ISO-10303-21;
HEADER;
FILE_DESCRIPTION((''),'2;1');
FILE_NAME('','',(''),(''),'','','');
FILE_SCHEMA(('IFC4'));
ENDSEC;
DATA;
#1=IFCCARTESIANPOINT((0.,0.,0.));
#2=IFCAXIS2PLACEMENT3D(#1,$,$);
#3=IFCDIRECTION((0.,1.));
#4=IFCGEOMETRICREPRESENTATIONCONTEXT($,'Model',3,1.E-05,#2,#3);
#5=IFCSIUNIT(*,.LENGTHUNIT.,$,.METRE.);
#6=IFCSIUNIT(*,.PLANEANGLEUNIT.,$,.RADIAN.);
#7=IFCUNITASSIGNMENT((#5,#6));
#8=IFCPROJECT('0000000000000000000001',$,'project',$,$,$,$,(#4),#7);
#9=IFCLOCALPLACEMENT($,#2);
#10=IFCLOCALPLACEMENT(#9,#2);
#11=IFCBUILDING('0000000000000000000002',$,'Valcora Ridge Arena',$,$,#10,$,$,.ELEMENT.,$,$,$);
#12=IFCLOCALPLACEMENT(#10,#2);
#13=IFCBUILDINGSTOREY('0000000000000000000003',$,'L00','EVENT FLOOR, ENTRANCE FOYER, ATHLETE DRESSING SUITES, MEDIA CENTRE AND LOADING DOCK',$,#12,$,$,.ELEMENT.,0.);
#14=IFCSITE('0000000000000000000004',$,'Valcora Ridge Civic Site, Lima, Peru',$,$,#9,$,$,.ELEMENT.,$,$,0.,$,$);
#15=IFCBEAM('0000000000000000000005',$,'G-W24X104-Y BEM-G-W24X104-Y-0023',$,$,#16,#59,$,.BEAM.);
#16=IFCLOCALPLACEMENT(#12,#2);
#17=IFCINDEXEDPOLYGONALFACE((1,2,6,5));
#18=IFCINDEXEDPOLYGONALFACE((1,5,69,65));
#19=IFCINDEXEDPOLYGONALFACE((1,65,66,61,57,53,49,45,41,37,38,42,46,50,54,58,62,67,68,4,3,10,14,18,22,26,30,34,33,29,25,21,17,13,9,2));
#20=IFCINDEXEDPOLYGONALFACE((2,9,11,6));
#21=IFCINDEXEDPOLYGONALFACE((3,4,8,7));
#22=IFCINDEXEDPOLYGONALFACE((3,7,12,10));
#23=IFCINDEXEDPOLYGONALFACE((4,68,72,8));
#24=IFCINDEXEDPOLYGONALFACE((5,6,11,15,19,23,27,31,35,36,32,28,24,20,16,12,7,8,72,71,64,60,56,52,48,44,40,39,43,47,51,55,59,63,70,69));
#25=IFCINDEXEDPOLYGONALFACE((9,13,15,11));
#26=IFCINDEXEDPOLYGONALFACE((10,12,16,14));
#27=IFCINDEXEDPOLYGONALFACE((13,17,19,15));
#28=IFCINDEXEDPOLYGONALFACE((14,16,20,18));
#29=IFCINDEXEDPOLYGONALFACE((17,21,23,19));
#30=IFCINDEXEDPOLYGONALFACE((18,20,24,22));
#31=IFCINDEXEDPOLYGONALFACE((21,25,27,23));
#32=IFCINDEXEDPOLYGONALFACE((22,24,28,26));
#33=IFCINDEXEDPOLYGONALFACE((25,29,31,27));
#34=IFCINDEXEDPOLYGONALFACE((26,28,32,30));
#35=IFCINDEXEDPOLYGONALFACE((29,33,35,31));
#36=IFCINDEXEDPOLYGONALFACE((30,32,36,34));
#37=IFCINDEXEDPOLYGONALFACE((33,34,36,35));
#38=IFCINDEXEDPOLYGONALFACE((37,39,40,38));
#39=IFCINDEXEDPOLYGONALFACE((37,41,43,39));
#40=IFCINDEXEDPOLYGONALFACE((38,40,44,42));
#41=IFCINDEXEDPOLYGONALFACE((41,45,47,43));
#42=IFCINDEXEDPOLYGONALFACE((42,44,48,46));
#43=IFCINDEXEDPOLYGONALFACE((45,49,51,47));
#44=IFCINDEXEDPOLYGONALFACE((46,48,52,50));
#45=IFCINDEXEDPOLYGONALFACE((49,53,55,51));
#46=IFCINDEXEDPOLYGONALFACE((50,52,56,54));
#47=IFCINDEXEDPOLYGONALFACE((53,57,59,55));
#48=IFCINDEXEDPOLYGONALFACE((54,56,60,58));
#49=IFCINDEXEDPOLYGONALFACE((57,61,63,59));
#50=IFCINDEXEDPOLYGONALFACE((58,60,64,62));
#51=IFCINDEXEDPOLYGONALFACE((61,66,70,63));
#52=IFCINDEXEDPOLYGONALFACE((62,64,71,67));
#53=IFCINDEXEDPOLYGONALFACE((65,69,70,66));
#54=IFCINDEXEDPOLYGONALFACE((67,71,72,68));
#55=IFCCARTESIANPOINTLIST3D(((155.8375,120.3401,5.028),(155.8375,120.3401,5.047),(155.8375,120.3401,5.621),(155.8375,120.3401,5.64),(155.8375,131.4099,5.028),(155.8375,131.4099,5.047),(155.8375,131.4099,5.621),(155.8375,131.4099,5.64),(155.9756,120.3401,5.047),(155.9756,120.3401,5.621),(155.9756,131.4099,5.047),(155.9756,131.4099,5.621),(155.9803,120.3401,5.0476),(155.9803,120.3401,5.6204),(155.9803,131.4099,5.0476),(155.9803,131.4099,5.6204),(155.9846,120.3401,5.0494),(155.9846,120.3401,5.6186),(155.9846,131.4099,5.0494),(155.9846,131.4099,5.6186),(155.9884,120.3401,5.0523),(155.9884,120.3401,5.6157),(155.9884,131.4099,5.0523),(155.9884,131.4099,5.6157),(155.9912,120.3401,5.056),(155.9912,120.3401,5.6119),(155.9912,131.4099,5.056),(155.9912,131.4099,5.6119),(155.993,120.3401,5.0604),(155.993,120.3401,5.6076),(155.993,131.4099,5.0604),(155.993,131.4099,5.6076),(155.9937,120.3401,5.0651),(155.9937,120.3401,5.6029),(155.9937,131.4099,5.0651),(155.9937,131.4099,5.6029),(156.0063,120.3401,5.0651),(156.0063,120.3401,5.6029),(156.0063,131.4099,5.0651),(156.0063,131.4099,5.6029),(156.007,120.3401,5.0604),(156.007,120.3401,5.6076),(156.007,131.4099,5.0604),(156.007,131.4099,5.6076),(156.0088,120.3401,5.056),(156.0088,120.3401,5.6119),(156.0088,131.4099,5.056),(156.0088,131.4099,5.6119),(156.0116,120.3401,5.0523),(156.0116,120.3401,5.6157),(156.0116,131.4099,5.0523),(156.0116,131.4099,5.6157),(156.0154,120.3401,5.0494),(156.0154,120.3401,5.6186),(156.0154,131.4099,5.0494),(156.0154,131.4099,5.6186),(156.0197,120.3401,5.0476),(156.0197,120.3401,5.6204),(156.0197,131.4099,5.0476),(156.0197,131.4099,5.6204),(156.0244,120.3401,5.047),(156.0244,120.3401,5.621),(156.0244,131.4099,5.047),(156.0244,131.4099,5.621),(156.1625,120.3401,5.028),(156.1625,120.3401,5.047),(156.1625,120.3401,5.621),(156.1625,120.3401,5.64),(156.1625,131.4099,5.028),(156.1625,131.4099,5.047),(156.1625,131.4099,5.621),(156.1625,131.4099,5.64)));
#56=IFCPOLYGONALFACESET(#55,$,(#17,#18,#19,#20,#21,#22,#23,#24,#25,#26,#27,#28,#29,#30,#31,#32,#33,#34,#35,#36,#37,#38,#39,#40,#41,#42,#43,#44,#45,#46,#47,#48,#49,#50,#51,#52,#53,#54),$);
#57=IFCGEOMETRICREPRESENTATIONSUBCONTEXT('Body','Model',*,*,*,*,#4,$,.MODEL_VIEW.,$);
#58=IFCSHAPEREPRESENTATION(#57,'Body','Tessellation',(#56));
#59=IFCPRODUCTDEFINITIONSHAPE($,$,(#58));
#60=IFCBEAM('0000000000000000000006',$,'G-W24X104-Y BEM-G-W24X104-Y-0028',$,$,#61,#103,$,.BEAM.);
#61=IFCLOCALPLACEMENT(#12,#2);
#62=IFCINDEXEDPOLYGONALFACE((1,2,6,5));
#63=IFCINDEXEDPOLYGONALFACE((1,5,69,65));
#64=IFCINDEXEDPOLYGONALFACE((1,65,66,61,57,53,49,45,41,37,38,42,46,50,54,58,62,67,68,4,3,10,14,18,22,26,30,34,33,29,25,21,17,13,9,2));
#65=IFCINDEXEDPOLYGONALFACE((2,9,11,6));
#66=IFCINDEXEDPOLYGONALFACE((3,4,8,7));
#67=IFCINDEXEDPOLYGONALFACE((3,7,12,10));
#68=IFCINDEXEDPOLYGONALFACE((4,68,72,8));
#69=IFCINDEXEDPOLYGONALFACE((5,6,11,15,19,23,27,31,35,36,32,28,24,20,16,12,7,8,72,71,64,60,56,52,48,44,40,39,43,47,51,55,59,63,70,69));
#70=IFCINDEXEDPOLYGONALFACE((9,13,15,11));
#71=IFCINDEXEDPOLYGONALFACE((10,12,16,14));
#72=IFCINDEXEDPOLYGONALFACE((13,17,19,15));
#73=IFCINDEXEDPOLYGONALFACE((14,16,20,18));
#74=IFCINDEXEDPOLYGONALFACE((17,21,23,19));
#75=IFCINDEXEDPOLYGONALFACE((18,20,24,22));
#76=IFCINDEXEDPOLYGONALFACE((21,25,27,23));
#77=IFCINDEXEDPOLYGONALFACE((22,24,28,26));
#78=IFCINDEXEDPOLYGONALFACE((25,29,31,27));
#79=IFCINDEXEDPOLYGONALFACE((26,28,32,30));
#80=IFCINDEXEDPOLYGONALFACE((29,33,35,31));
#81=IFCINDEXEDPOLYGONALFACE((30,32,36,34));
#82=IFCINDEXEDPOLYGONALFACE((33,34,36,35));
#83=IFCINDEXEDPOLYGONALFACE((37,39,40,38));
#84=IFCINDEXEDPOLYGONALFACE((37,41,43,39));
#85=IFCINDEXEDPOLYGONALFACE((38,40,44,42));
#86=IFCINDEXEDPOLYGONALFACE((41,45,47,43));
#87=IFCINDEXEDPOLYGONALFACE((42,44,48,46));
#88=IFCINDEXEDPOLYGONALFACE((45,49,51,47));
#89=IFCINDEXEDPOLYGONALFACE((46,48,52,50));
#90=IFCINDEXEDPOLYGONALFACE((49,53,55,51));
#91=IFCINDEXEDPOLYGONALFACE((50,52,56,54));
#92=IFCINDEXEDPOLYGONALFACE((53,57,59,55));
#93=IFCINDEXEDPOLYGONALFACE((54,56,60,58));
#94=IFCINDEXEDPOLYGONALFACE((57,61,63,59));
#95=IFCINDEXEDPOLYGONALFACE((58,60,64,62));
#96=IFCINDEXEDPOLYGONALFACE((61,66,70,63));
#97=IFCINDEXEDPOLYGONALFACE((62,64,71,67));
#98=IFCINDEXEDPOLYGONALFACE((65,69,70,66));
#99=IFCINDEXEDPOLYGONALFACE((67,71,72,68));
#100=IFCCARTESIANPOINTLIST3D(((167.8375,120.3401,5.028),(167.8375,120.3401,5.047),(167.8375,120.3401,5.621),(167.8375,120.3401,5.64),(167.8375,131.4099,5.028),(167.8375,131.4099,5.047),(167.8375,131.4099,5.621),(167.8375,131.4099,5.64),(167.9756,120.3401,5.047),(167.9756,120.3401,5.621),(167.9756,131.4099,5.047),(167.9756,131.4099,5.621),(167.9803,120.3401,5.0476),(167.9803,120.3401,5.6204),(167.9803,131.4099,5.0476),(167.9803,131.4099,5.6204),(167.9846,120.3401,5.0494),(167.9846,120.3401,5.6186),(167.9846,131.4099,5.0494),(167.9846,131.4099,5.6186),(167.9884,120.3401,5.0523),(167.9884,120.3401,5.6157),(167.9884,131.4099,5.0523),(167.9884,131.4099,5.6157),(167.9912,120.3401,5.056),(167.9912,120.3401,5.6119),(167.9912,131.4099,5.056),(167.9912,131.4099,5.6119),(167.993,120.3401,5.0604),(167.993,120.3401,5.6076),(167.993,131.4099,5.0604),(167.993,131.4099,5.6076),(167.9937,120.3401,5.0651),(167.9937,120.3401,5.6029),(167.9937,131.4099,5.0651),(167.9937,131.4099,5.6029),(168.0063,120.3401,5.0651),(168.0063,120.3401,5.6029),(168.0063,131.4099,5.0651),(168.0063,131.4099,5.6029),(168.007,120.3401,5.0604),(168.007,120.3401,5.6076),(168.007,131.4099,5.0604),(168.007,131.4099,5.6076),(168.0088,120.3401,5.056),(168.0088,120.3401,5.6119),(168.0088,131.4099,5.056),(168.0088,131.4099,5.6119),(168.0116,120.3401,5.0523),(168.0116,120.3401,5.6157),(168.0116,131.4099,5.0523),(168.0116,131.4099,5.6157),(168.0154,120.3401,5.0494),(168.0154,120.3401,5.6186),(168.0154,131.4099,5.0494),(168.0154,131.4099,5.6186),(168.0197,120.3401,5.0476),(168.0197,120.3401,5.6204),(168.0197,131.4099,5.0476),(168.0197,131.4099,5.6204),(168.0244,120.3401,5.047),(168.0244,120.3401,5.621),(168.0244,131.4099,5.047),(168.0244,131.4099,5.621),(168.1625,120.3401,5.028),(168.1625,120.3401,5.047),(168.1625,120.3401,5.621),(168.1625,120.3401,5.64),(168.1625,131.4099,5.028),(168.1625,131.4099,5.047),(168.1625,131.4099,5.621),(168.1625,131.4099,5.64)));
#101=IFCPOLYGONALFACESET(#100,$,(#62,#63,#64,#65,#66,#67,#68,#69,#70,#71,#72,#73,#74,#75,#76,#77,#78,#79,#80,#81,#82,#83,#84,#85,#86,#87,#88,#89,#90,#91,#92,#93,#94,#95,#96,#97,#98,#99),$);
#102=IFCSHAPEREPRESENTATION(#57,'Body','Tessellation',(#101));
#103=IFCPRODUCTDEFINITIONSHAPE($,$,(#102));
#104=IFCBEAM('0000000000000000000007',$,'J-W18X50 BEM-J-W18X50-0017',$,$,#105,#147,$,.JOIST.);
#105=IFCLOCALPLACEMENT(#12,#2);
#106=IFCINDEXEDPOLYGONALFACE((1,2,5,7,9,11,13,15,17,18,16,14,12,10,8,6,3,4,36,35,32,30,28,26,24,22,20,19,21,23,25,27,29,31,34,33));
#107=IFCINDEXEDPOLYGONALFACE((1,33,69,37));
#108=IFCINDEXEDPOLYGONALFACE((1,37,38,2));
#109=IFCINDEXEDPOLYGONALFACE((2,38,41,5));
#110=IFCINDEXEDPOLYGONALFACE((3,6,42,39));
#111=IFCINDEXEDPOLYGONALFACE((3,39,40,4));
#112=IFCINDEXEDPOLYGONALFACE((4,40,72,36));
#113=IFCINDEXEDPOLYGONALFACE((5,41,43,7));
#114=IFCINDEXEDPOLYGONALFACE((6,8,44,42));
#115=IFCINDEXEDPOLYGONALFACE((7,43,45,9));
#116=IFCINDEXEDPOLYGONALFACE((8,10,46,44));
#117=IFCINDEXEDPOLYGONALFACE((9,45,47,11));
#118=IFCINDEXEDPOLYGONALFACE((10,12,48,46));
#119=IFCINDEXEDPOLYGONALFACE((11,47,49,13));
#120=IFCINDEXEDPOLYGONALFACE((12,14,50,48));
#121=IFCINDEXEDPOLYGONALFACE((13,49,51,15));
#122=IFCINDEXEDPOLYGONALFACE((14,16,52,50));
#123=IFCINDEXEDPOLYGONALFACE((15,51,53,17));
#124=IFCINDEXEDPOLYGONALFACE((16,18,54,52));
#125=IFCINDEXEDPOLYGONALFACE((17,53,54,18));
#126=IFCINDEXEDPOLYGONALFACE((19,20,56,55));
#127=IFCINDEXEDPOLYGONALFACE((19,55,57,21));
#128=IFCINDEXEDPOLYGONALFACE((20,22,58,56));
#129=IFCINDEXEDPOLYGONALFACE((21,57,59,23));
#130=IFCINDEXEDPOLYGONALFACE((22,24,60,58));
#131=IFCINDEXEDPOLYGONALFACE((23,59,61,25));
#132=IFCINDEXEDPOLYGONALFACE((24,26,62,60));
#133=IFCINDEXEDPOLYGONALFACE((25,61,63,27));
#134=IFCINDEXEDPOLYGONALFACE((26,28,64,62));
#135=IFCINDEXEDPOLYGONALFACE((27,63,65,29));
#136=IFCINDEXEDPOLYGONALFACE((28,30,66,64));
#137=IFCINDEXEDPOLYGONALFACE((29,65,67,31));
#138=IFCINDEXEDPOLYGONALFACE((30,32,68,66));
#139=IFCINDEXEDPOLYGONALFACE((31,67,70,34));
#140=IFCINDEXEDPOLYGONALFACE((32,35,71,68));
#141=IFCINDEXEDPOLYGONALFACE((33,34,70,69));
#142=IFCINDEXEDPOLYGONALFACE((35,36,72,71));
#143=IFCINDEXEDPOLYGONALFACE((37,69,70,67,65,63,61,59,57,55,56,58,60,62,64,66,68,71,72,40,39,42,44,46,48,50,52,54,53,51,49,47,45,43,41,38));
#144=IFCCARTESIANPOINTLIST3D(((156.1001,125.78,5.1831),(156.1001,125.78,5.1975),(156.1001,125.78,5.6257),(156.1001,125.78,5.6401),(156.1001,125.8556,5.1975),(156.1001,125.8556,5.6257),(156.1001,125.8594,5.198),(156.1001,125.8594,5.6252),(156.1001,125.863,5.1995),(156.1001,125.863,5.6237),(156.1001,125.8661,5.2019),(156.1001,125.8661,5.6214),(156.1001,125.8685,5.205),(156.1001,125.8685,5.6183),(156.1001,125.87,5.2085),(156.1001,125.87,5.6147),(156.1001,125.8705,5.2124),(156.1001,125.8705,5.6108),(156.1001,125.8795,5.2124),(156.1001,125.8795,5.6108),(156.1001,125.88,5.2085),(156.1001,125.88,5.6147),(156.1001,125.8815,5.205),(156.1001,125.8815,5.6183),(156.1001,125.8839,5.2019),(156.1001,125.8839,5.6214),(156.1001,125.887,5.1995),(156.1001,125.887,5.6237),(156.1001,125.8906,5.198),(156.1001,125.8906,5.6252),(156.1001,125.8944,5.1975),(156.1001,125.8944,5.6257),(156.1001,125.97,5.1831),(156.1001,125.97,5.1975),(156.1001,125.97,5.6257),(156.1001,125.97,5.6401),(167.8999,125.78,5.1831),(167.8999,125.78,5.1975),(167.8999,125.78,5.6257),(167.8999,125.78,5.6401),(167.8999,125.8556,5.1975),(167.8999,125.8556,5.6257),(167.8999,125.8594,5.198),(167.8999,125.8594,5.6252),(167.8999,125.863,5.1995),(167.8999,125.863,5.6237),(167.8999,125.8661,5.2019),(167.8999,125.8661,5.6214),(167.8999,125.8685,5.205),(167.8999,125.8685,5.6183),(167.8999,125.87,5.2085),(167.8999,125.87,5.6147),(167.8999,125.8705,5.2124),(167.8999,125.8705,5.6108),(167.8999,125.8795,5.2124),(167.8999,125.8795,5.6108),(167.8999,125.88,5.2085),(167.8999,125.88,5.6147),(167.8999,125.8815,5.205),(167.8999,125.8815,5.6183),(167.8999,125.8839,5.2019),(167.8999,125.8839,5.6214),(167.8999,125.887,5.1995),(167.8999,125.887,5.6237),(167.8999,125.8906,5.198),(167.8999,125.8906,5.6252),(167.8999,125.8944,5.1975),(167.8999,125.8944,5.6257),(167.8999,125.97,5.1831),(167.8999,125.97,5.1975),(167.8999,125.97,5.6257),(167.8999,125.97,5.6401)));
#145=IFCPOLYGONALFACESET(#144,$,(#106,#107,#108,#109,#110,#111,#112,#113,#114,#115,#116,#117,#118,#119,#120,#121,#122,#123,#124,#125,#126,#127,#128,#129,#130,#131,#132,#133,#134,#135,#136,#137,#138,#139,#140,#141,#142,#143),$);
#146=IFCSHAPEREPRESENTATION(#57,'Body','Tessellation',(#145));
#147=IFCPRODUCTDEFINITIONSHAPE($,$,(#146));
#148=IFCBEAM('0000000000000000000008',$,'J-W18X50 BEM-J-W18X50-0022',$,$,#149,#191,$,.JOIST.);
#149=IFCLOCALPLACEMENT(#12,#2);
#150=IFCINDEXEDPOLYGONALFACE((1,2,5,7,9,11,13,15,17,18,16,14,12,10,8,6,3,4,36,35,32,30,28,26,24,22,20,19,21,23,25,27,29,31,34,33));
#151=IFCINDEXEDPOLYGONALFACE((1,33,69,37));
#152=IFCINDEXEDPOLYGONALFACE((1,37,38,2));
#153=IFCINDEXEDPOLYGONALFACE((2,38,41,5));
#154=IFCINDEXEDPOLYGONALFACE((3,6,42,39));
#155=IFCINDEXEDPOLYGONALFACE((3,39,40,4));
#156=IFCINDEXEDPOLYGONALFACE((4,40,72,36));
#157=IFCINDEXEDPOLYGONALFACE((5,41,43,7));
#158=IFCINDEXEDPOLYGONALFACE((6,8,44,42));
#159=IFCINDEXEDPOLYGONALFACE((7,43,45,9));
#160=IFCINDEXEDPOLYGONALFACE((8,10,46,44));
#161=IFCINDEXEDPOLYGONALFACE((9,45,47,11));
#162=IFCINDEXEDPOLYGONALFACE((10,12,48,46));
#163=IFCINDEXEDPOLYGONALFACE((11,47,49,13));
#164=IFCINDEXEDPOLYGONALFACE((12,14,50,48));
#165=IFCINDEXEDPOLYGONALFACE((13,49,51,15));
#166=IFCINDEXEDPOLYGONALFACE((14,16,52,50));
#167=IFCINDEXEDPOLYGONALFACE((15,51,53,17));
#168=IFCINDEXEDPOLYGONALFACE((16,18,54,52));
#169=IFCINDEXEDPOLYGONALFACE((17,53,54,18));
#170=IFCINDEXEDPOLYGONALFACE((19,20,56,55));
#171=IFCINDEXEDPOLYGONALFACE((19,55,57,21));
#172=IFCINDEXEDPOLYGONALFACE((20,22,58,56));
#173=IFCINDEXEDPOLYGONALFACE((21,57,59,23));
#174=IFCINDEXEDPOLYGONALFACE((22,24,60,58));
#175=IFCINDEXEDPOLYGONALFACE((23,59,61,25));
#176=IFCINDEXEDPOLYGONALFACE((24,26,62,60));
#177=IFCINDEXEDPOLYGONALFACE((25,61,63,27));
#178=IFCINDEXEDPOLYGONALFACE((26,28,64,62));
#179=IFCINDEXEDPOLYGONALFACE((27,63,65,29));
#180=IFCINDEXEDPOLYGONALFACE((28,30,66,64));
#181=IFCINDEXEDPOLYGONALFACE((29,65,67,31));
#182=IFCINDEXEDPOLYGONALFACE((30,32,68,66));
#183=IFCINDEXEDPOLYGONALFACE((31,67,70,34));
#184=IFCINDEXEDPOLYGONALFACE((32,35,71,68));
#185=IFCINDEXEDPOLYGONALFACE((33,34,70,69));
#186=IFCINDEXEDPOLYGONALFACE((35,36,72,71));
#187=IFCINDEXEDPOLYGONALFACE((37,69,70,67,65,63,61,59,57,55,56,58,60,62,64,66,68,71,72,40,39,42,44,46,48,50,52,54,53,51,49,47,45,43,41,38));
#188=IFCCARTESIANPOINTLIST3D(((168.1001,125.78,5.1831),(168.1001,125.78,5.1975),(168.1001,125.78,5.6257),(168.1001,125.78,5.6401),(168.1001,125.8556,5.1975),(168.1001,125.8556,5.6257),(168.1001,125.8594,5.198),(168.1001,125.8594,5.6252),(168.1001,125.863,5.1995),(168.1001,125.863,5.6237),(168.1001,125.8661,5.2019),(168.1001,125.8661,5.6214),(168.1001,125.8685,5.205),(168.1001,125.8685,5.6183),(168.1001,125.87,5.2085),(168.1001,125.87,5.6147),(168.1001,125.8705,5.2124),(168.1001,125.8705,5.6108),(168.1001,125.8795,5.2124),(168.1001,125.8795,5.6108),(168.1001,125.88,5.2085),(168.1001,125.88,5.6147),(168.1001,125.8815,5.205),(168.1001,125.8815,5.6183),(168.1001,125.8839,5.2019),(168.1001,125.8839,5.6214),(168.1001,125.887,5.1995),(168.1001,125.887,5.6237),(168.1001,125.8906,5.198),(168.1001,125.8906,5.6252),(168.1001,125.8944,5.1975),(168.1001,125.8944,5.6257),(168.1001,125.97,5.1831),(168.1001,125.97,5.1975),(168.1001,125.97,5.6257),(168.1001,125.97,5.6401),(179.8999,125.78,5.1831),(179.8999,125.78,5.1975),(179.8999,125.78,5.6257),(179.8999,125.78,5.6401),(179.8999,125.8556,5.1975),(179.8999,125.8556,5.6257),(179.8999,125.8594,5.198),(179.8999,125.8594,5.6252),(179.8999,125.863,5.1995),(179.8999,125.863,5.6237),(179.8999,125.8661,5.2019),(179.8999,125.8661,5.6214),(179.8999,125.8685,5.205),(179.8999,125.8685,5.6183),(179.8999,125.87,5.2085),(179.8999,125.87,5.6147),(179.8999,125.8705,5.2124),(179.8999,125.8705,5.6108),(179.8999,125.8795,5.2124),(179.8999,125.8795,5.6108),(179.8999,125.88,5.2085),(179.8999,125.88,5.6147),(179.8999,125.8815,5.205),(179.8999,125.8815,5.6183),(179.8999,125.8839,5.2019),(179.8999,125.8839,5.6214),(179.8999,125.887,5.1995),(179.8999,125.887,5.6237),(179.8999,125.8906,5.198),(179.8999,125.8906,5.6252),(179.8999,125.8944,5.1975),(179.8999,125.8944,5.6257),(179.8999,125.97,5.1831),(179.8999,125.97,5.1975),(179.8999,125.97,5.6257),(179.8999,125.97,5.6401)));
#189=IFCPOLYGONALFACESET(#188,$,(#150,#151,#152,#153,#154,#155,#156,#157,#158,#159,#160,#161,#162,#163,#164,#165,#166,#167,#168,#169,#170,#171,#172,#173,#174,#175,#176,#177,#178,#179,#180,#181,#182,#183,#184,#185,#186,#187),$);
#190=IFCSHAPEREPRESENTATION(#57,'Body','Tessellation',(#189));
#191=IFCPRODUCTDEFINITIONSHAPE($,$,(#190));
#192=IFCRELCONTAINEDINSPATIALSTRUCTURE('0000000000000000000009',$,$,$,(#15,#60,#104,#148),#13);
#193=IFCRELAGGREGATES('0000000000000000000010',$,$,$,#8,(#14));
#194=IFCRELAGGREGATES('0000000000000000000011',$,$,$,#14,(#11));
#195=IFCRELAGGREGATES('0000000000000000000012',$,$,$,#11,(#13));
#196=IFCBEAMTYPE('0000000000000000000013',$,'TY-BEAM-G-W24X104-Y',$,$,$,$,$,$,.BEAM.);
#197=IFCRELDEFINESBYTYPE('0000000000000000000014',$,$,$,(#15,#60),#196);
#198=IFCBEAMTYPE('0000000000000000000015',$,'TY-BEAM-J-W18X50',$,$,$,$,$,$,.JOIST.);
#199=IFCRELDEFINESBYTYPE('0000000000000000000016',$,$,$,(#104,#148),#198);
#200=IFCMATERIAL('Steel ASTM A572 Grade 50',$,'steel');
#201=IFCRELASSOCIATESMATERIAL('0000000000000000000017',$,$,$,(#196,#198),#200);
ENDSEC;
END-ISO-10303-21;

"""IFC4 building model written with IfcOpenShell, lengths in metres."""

from ifc_helpers import new_model, si_unit, direction, frame, origin, origin_2d, place, context, subcontext, project, spatial, i_section, extrude, material, material_profile, profile_set, type_object, element, save


model = new_model("IFC4")

# Units and contexts
model_context = context("Model", 3, precision=1e-05, world=origin(), true_north=direction((0.0, 1.0)))
body_context = subcontext(model_context, "Body", "Model", "MODEL_VIEW")
ifc_project = project(units=[si_unit("LENGTHUNIT", "METRE"), si_unit("PLANEANGLEUNIT", "RADIAN")], contexts=[model_context])

# Site, building, storey
site_placement = place(None, origin())
site = spatial("IfcSite", under=ifc_project, at=site_placement, Name="Valcora Ridge Civic Site, Lima, Peru", CompositionType="ELEMENT", RefElevation=0.0)
building_placement = place(site_placement, origin())
building = spatial("IfcBuilding", under=site, at=building_placement, Name="Valcora Ridge Arena", CompositionType="ELEMENT")
storey_placement = place(building_placement, origin())
storey = spatial("IfcBuildingStorey", under=building, at=storey_placement, Name="L00", Description="EVENT FLOOR, ENTRANCE FOYER, ATHLETE DRESSING SUITES, MEDIA CENTRE AND LOADING DOCK", CompositionType="ELEMENT", Elevation=0.0)

# Beams
ifc_material_1 = material(Name="Steel ASTM A572 Grade 50", Category="steel")
ifc_material_profile_1 = material_profile(ifc_material_1, i_section(OverallWidth=0.325, OverallDepth=0.6121, WebThickness=0.0127, FlangeThickness=0.019, FilletRadius=0.0181, at=origin_2d()), Name="W24X104")
ifc_profile_set_1 = profile_set([ifc_material_profile_1], Name="Steel ASTM A572 Grade 50")
beam_type_1 = type_object("IfcBeamType", Name="TY-BEAM-G-W24X104-Y", PredefinedType="BEAM", material=ifc_profile_set_1)
for number, where, z_axis, x_axis, name in (
    (1, (156.0, 120.3401, 5.334), (0.0, 1.0, 0.0), (-1.0, 0.0, 0.0), "G-W24X104-Y BEM-G-W24X104-Y-0023"),
    (2, (168.0, 120.3401, 5.334), (0.0, 1.0, 0.0), (-1.0, 0.0, 0.0), "G-W24X104-Y BEM-G-W24X104-Y-0028"),
):
    element("IfcBeam", number, at=place(storey_placement, frame(where, z_axis=z_axis, x_axis=x_axis)), inside=storey, type_object=beam_type_1, Name=name, PredefinedType="BEAM", context=body_context, shape_type="SweptSolid", body=[
        extrude(i_section(OverallWidth=0.325, OverallDepth=0.6121, WebThickness=0.0127, FlangeThickness=0.019, FilletRadius=0.0181, at=origin_2d()), origin(), (0.0, 0.0, 1.0), 11.0698),
    ])
ifc_material_profile_2 = material_profile(ifc_material_1, i_section(OverallWidth=0.1899, OverallDepth=0.457, WebThickness=0.009, FlangeThickness=0.0144, FilletRadius=0.0149, at=origin_2d()), Name="W18X50")
ifc_profile_set_2 = profile_set([ifc_material_profile_2], Name="Steel ASTM A572 Grade 50")
beam_type_2 = type_object("IfcBeamType", Name="TY-BEAM-J-W18X50", PredefinedType="JOIST", material=ifc_profile_set_2)
for number, where, z_axis, x_axis, name in (
    (3, (156.1001, 125.875, 5.4116), (1.0, 0.0, 0.0), (0.0, 1.0, 0.0), "J-W18X50 BEM-J-W18X50-0017"),
    (4, (168.1001, 125.875, 5.4116), (1.0, 0.0, 0.0), (0.0, 1.0, 0.0), "J-W18X50 BEM-J-W18X50-0022"),
):
    element("IfcBeam", number, at=place(storey_placement, frame(where, z_axis=z_axis, x_axis=x_axis)), inside=storey, type_object=beam_type_2, Name=name, PredefinedType="JOIST", context=body_context, shape_type="SweptSolid", body=[
        extrude(i_section(OverallWidth=0.1899, OverallDepth=0.457, WebThickness=0.009, FlangeThickness=0.0144, FilletRadius=0.0149, at=origin_2d()), origin(), (0.0, 0.0, 1.0), 11.7998),
    ])

save(model, "model.ifc")
